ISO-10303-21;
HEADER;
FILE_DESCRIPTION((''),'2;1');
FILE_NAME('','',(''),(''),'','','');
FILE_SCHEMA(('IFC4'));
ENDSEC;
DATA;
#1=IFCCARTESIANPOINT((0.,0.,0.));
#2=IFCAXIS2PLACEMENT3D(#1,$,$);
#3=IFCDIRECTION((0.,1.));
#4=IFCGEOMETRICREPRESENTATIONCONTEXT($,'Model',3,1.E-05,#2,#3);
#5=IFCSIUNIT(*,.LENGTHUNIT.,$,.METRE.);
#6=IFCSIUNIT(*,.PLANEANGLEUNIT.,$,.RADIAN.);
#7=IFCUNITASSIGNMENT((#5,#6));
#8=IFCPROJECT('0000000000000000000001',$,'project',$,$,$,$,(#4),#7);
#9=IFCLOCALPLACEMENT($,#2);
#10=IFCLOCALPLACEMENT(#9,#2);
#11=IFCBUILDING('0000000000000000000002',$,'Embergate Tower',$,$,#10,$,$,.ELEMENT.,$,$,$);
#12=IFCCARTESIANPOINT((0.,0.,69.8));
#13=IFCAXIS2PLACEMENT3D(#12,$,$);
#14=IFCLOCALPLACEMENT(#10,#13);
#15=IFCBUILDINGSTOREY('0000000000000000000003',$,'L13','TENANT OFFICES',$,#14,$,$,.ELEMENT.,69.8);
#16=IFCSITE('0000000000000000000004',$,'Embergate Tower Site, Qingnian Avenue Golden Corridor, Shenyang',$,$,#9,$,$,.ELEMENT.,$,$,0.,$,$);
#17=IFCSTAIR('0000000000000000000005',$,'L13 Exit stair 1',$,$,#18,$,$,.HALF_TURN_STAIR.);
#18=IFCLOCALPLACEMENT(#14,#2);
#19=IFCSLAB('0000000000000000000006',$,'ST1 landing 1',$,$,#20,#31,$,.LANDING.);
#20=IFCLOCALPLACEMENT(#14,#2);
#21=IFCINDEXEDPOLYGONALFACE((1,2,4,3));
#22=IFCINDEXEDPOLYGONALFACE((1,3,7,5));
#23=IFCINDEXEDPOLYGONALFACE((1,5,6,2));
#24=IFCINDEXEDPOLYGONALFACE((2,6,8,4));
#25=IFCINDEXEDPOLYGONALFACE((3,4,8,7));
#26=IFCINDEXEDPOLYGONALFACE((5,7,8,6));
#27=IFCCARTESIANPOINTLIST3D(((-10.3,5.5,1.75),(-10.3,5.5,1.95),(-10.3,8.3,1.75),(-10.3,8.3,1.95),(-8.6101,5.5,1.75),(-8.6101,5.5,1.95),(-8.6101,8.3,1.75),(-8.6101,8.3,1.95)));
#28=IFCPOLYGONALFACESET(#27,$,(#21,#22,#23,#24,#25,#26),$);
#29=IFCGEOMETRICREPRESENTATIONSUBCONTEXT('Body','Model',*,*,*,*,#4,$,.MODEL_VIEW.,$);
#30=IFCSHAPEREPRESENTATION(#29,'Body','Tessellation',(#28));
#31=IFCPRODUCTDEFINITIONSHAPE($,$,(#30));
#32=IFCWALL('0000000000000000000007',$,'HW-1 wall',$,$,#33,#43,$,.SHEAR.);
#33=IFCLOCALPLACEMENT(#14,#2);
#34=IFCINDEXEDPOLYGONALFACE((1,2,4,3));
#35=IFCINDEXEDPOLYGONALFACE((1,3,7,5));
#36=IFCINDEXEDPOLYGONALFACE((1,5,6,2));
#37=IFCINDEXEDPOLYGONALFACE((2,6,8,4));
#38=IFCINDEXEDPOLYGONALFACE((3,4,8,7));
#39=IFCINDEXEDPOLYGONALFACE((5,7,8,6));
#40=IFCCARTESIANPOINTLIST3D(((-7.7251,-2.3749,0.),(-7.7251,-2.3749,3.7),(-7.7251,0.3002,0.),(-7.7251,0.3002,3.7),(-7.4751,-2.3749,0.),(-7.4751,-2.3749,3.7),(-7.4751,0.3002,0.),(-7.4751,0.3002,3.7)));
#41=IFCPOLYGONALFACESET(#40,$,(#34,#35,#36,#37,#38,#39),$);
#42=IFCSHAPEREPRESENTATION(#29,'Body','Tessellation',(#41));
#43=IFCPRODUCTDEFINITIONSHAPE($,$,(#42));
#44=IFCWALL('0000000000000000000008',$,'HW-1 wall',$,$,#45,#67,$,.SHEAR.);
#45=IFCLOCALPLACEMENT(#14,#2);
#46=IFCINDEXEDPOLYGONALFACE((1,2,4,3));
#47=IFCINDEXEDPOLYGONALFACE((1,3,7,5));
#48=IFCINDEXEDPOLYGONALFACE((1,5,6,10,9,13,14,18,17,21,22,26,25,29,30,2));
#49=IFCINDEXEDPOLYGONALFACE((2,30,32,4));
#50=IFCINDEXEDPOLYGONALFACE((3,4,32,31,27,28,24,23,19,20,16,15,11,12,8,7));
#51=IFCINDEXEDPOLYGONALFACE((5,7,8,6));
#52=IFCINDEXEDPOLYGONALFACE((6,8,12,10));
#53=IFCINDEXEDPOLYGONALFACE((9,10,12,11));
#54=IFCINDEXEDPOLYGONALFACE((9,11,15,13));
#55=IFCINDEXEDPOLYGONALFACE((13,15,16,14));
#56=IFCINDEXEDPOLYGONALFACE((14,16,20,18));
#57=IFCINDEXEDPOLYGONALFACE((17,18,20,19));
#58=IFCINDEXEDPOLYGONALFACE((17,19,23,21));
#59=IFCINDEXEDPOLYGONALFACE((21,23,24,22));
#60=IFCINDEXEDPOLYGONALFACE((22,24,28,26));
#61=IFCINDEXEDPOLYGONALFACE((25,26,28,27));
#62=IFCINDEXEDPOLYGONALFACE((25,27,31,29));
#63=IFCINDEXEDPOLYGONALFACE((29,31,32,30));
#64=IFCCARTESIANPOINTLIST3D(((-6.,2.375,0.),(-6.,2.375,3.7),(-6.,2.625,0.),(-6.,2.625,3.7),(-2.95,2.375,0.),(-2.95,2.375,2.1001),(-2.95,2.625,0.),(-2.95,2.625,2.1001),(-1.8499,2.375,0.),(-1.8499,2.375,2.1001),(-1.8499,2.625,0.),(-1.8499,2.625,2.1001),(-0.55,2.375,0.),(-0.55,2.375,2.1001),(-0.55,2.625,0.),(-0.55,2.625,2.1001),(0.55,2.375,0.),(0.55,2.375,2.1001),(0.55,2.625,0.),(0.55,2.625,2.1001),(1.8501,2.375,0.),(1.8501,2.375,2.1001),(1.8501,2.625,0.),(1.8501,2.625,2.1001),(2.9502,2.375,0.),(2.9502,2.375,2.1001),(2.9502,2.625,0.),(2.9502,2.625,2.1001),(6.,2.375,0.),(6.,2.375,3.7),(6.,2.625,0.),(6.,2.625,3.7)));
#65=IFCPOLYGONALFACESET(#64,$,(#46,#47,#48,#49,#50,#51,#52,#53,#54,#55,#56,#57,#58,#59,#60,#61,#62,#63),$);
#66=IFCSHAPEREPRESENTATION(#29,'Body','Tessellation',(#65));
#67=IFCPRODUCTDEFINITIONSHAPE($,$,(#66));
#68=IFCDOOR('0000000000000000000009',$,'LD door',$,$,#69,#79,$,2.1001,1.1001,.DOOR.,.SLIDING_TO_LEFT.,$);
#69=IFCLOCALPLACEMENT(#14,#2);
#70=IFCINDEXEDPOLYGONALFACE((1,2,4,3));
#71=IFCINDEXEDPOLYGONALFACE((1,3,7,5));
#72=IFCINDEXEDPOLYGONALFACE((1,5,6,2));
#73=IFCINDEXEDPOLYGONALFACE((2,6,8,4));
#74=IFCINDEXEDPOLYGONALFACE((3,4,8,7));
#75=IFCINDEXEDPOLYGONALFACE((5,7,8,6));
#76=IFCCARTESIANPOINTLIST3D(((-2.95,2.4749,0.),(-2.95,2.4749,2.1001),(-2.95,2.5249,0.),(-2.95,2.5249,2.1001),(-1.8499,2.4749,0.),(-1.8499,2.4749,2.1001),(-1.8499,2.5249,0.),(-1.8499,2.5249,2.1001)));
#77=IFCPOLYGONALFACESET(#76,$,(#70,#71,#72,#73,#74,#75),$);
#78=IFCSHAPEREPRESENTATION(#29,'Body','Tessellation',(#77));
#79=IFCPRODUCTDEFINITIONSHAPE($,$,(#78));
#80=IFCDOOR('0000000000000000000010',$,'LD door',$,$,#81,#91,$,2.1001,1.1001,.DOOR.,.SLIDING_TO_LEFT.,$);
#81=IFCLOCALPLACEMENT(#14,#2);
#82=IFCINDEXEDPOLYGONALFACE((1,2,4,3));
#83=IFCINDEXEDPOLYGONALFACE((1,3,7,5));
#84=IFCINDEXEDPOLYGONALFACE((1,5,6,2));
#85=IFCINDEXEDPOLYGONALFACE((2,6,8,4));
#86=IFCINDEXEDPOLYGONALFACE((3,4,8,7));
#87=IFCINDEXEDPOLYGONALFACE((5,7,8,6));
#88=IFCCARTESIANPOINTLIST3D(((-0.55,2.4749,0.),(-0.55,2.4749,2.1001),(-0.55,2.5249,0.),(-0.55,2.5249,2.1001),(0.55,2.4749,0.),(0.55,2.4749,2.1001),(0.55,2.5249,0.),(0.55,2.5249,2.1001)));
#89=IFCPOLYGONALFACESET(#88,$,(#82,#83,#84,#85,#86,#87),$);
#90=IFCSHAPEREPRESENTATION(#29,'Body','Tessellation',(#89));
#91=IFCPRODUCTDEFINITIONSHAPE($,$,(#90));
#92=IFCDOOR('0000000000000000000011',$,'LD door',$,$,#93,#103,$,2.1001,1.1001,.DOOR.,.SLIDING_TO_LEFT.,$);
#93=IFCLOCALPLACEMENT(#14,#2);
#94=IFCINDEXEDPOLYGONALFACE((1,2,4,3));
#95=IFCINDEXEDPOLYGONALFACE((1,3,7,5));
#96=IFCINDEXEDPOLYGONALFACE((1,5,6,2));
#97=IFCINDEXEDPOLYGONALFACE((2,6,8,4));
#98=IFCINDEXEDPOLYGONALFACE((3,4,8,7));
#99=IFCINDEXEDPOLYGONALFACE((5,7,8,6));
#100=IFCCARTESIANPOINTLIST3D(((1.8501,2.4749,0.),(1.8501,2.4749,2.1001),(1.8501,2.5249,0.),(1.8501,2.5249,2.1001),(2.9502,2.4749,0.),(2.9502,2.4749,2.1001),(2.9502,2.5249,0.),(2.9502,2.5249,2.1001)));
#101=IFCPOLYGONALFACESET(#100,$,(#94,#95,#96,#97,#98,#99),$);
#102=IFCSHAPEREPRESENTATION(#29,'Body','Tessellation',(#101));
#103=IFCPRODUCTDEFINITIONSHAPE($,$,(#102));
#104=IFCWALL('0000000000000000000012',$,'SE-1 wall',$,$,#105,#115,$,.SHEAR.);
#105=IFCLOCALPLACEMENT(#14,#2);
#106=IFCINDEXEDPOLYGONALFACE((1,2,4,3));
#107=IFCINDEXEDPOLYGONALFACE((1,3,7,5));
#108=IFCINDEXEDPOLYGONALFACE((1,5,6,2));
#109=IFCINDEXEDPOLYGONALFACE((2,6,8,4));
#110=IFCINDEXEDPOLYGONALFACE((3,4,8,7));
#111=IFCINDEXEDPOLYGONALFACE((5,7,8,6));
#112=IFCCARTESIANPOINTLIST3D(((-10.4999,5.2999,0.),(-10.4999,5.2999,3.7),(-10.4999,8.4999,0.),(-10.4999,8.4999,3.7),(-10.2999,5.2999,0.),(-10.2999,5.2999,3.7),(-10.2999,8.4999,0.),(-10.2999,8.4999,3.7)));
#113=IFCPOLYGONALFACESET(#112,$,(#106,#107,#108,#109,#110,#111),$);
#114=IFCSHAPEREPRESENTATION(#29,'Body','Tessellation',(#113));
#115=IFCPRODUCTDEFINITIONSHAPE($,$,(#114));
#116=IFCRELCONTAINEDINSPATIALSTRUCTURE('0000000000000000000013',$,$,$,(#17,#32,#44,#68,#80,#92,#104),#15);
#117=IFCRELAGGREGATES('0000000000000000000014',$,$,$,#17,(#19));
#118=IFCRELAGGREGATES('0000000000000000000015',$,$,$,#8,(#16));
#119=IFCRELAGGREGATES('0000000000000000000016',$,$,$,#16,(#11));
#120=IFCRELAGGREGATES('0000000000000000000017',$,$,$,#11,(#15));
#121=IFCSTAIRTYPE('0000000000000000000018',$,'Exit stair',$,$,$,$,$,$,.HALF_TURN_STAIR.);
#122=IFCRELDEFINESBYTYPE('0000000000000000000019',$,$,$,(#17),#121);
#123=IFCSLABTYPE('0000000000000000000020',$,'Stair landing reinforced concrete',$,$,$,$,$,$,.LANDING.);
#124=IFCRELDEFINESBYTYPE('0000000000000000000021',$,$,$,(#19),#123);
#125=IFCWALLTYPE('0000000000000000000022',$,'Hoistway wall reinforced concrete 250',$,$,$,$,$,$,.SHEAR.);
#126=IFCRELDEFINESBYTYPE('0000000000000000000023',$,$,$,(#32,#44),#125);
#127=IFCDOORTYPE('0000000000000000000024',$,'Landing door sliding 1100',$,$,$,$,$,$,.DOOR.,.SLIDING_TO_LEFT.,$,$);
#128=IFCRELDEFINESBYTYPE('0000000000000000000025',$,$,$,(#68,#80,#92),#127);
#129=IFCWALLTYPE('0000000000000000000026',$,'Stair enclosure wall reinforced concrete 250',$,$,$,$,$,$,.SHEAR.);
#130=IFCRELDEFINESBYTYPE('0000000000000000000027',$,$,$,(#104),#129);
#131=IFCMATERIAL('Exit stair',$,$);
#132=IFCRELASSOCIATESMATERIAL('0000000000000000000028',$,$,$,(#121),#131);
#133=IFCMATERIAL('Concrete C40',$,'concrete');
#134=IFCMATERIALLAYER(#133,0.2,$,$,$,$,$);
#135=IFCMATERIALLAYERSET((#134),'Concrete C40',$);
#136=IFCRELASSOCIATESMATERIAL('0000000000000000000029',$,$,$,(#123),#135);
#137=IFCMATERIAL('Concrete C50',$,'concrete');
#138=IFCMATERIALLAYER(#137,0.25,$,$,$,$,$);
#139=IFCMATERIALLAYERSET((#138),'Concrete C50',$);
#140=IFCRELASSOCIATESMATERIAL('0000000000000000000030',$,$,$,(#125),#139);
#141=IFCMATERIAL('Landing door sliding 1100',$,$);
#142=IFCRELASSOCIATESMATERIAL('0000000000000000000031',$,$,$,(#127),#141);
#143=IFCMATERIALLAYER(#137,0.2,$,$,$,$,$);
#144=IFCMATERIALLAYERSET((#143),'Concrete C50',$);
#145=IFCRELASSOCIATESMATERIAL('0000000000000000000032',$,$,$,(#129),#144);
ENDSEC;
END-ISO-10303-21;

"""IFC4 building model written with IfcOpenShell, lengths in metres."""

from ifc_helpers import new_model, si_unit, direction, frame, frame_2d, origin, place, context, subcontext, project, spatial, polyline, rectangle, outline, extrude, source, transform, mapped, material, layer, layer_set, type_object, element, fill, aggregate, save


model = new_model("IFC4")

# Units and contexts
model_context = context("Model", 3, precision=1e-05, world=origin(), true_north=direction((0.0, 1.0)))
body_context = subcontext(model_context, "Body", "Model", "MODEL_VIEW")
ifc_project = project(units=[si_unit("LENGTHUNIT", "METRE"), si_unit("PLANEANGLEUNIT", "RADIAN")], contexts=[model_context])

# Site, building, storey
site_placement = place(None, origin())
site = spatial("IfcSite", under=ifc_project, at=site_placement, Name="Embergate Tower Site, Qingnian Avenue Golden Corridor, Shenyang", CompositionType="ELEMENT", RefElevation=0.0)
building_placement = place(site_placement, origin())
building = spatial("IfcBuilding", under=site, at=building_placement, Name="Embergate Tower", CompositionType="ELEMENT")
storey_placement = place(building_placement, frame((0.0, 0.0, 69.8)))
storey = spatial("IfcBuildingStorey", under=building, at=storey_placement, Name="L13", Description="TENANT OFFICES", CompositionType="ELEMENT", Elevation=69.8)

# Stair, slab
ifc_material_1 = material(Name="Exit stair")
stair_type = type_object("IfcStairType", Name="Exit stair", PredefinedType="HALF_TURN_STAIR", material=ifc_material_1)
stair_placement = place(storey_placement, origin())
stair = element("IfcStair", 1, at=stair_placement, inside=storey, type_object=stair_type, Name="L13 Exit stair 1", PredefinedType="HALF_TURN_STAIR")
ifc_material_2 = material(Name="Concrete C40", Category="concrete")
ifc_layer_1 = layer(ifc_material_2, 0.2)
ifc_layer_set_1 = layer_set([ifc_layer_1], Name="Concrete C40")
slab_type = type_object("IfcSlabType", Name="Stair landing reinforced concrete", PredefinedType="LANDING", material=ifc_layer_set_1)
shared_shape_1 = source(origin(), body_context, "Body", "SweptSolid", [
    extrude(outline(polyline([(0.0, 0.0), (1.6899, 0.0), (1.6899, 2.8), (0.0, 2.8), (0.0, 0.0)])), origin(), (0.0, 0.0, 1.0), 0.2),
])
slab_placement = place(storey_placement, frame((-10.3, 5.5, 1.75)))
slab = element("IfcSlab", 2, at=slab_placement, type_object=slab_type, Name="ST1 landing 1", PredefinedType="LANDING", context=body_context, shape_type="MappedRepresentation", body=[
    mapped(shared_shape_1, transform((0.0, 0.0, 0.0))),
])

# Wall
ifc_material_3 = material(Name="Concrete C50", Category="concrete")
ifc_layer_2 = layer(ifc_material_3, 0.25)
ifc_layer_set_2 = layer_set([ifc_layer_2], Name="Concrete C50")
wall_type_1 = type_object("IfcWallType", Name="Hoistway wall reinforced concrete 250", PredefinedType="SHEAR", material=ifc_layer_set_2)
shared_shape_2 = source(origin(), body_context, "Body", "SweptSolid", [
    extrude(rectangle(XDim=2.675, YDim=0.25, at=frame_2d((1.3374, 0.0))), origin(), (0.0, 0.0, 1.0), 3.7),
])
wall_1_placement = place(storey_placement, frame((-7.6001, 0.3, 0.0), z_axis=(0.0, 0.0, 1.0), x_axis=(0.0, -1.0, 0.0)))
element("IfcWall", 3, at=wall_1_placement, inside=storey, type_object=wall_type_1, Name="HW-1 wall", PredefinedType="SHEAR", context=body_context, shape_type="MappedRepresentation", body=[
    mapped(shared_shape_2, transform((0.0, 0.0, 0.0))),
])

# Wall, openings, doors
shared_shape_3 = source(origin(), body_context, "Body", "SweptSolid", [
    extrude(rectangle(XDim=12.0, YDim=0.25, at=frame_2d((6.0, 0.0))), origin(), (0.0, 0.0, 1.0), 3.7),
])
wall_2_placement = place(storey_placement, frame((-6.0, 2.5, 0.0), z_axis=(0.0, 0.0, 1.0), x_axis=(1.0, 0.0, 0.0)))
wall_2 = element("IfcWall", 4, at=wall_2_placement, inside=storey, type_object=wall_type_1, Name="HW-1 wall", PredefinedType="SHEAR", context=body_context, shape_type="MappedRepresentation", body=[
    mapped(shared_shape_3, transform((0.0, 0.0, 0.0))),
])
shared_shape_4 = source(origin(), body_context, "Body", "SweptSolid", [
    extrude(rectangle(XDim=1.1001, YDim=2.1001, at=frame_2d((0.55, 1.05))), frame((0.0, 0.135, 0.0), z_axis=(0.0, -1.0, 0.0), x_axis=(1.0, 0.0, 0.0)), (0.0, 0.0, 1.0), 0.27),
])
opening_1_placement = place(wall_2_placement, frame((3.05, 0.0, 0.0)))
opening_1 = element("IfcOpeningElement", 5, at=opening_1_placement, cuts=wall_2, PredefinedType="OPENING", context=body_context, shape_type="MappedRepresentation", body=[
    mapped(shared_shape_4, transform((0.0, 0.0, 0.0))),
])
opening_2_placement = place(wall_2_placement, frame((5.45, 0.0, 0.0)))
opening_2 = element("IfcOpeningElement", 6, at=opening_2_placement, cuts=wall_2, PredefinedType="OPENING", context=body_context, shape_type="MappedRepresentation", body=[
    mapped(shared_shape_4, transform((0.0, 0.0, 0.0))),
])
opening_3_placement = place(wall_2_placement, frame((7.8501, 0.0, 0.0)))
opening_3 = element("IfcOpeningElement", 7, at=opening_3_placement, cuts=wall_2, PredefinedType="OPENING", context=body_context, shape_type="MappedRepresentation", body=[
    mapped(shared_shape_4, transform((0.0, 0.0, 0.0))),
])
ifc_material_4 = material(Name="Landing door sliding 1100")
door_type_1 = type_object("IfcDoorType", Name="Landing door sliding 1100", OperationType="SLIDING_TO_LEFT", PredefinedType="DOOR", material=ifc_material_4)
shared_shape_5 = source(origin(), body_context, "Body", "SweptSolid", [
    extrude(rectangle(XDim=1.1001, YDim=2.1001, at=frame_2d((0.55, 1.05))), frame((0.0, 0.0249, 0.0), z_axis=(0.0, -1.0, 0.0), x_axis=(1.0, 0.0, 0.0)), (0.0, 0.0, 1.0), 0.05),
])
door_1_placement = place(opening_1_placement, origin())
door_1 = element("IfcDoor", 8, at=door_1_placement, inside=storey, type_object=door_type_1, Name="LD door", OperationType="SLIDING_TO_LEFT", OverallHeight=2.1001, OverallWidth=1.1001, PredefinedType="DOOR", context=body_context, shape_type="MappedRepresentation", body=[
    mapped(shared_shape_5, transform((0.0, 0.0, 0.0))),
])
fill(opening_1, door_1)
door_2_placement = place(opening_2_placement, origin())
door_2 = element("IfcDoor", 9, at=door_2_placement, inside=storey, type_object=door_type_1, Name="LD door", OperationType="SLIDING_TO_LEFT", OverallHeight=2.1001, OverallWidth=1.1001, PredefinedType="DOOR", context=body_context, shape_type="MappedRepresentation", body=[
    mapped(shared_shape_5, transform((0.0, 0.0, 0.0))),
])
fill(opening_2, door_2)
door_3_placement = place(opening_3_placement, origin())
door_3 = element("IfcDoor", 10, at=door_3_placement, inside=storey, type_object=door_type_1, Name="LD door", OperationType="SLIDING_TO_LEFT", OverallHeight=2.1001, OverallWidth=1.1001, PredefinedType="DOOR", context=body_context, shape_type="MappedRepresentation", body=[
    mapped(shared_shape_5, transform((0.0, 0.0, 0.0))),
])
fill(opening_3, door_3)

# Wall
ifc_layer_3 = layer(ifc_material_3, 0.2)
ifc_layer_set_3 = layer_set([ifc_layer_3], Name="Concrete C50")
wall_type_2 = type_object("IfcWallType", Name="Stair enclosure wall reinforced concrete 250", PredefinedType="SHEAR", material=ifc_layer_set_3)
shared_shape_6 = source(origin(), body_context, "Body", "SweptSolid", [
    extrude(rectangle(XDim=3.2, YDim=0.2, at=frame_2d((1.6001, 0.0))), origin(), (0.0, 0.0, 1.0), 3.7),
])
wall_3_placement = place(storey_placement, frame((-10.3999, 8.5, 0.0), z_axis=(0.0, 0.0, 1.0), x_axis=(0.0, -1.0, 0.0)))
element("IfcWall", 11, at=wall_3_placement, inside=storey, type_object=wall_type_2, Name="SE-1 wall", PredefinedType="SHEAR", context=body_context, shape_type="MappedRepresentation", body=[
    mapped(shared_shape_6, transform((0.0, 0.0, 0.0))),
])

aggregate(stair, [slab])

save(model, "model.ifc")
